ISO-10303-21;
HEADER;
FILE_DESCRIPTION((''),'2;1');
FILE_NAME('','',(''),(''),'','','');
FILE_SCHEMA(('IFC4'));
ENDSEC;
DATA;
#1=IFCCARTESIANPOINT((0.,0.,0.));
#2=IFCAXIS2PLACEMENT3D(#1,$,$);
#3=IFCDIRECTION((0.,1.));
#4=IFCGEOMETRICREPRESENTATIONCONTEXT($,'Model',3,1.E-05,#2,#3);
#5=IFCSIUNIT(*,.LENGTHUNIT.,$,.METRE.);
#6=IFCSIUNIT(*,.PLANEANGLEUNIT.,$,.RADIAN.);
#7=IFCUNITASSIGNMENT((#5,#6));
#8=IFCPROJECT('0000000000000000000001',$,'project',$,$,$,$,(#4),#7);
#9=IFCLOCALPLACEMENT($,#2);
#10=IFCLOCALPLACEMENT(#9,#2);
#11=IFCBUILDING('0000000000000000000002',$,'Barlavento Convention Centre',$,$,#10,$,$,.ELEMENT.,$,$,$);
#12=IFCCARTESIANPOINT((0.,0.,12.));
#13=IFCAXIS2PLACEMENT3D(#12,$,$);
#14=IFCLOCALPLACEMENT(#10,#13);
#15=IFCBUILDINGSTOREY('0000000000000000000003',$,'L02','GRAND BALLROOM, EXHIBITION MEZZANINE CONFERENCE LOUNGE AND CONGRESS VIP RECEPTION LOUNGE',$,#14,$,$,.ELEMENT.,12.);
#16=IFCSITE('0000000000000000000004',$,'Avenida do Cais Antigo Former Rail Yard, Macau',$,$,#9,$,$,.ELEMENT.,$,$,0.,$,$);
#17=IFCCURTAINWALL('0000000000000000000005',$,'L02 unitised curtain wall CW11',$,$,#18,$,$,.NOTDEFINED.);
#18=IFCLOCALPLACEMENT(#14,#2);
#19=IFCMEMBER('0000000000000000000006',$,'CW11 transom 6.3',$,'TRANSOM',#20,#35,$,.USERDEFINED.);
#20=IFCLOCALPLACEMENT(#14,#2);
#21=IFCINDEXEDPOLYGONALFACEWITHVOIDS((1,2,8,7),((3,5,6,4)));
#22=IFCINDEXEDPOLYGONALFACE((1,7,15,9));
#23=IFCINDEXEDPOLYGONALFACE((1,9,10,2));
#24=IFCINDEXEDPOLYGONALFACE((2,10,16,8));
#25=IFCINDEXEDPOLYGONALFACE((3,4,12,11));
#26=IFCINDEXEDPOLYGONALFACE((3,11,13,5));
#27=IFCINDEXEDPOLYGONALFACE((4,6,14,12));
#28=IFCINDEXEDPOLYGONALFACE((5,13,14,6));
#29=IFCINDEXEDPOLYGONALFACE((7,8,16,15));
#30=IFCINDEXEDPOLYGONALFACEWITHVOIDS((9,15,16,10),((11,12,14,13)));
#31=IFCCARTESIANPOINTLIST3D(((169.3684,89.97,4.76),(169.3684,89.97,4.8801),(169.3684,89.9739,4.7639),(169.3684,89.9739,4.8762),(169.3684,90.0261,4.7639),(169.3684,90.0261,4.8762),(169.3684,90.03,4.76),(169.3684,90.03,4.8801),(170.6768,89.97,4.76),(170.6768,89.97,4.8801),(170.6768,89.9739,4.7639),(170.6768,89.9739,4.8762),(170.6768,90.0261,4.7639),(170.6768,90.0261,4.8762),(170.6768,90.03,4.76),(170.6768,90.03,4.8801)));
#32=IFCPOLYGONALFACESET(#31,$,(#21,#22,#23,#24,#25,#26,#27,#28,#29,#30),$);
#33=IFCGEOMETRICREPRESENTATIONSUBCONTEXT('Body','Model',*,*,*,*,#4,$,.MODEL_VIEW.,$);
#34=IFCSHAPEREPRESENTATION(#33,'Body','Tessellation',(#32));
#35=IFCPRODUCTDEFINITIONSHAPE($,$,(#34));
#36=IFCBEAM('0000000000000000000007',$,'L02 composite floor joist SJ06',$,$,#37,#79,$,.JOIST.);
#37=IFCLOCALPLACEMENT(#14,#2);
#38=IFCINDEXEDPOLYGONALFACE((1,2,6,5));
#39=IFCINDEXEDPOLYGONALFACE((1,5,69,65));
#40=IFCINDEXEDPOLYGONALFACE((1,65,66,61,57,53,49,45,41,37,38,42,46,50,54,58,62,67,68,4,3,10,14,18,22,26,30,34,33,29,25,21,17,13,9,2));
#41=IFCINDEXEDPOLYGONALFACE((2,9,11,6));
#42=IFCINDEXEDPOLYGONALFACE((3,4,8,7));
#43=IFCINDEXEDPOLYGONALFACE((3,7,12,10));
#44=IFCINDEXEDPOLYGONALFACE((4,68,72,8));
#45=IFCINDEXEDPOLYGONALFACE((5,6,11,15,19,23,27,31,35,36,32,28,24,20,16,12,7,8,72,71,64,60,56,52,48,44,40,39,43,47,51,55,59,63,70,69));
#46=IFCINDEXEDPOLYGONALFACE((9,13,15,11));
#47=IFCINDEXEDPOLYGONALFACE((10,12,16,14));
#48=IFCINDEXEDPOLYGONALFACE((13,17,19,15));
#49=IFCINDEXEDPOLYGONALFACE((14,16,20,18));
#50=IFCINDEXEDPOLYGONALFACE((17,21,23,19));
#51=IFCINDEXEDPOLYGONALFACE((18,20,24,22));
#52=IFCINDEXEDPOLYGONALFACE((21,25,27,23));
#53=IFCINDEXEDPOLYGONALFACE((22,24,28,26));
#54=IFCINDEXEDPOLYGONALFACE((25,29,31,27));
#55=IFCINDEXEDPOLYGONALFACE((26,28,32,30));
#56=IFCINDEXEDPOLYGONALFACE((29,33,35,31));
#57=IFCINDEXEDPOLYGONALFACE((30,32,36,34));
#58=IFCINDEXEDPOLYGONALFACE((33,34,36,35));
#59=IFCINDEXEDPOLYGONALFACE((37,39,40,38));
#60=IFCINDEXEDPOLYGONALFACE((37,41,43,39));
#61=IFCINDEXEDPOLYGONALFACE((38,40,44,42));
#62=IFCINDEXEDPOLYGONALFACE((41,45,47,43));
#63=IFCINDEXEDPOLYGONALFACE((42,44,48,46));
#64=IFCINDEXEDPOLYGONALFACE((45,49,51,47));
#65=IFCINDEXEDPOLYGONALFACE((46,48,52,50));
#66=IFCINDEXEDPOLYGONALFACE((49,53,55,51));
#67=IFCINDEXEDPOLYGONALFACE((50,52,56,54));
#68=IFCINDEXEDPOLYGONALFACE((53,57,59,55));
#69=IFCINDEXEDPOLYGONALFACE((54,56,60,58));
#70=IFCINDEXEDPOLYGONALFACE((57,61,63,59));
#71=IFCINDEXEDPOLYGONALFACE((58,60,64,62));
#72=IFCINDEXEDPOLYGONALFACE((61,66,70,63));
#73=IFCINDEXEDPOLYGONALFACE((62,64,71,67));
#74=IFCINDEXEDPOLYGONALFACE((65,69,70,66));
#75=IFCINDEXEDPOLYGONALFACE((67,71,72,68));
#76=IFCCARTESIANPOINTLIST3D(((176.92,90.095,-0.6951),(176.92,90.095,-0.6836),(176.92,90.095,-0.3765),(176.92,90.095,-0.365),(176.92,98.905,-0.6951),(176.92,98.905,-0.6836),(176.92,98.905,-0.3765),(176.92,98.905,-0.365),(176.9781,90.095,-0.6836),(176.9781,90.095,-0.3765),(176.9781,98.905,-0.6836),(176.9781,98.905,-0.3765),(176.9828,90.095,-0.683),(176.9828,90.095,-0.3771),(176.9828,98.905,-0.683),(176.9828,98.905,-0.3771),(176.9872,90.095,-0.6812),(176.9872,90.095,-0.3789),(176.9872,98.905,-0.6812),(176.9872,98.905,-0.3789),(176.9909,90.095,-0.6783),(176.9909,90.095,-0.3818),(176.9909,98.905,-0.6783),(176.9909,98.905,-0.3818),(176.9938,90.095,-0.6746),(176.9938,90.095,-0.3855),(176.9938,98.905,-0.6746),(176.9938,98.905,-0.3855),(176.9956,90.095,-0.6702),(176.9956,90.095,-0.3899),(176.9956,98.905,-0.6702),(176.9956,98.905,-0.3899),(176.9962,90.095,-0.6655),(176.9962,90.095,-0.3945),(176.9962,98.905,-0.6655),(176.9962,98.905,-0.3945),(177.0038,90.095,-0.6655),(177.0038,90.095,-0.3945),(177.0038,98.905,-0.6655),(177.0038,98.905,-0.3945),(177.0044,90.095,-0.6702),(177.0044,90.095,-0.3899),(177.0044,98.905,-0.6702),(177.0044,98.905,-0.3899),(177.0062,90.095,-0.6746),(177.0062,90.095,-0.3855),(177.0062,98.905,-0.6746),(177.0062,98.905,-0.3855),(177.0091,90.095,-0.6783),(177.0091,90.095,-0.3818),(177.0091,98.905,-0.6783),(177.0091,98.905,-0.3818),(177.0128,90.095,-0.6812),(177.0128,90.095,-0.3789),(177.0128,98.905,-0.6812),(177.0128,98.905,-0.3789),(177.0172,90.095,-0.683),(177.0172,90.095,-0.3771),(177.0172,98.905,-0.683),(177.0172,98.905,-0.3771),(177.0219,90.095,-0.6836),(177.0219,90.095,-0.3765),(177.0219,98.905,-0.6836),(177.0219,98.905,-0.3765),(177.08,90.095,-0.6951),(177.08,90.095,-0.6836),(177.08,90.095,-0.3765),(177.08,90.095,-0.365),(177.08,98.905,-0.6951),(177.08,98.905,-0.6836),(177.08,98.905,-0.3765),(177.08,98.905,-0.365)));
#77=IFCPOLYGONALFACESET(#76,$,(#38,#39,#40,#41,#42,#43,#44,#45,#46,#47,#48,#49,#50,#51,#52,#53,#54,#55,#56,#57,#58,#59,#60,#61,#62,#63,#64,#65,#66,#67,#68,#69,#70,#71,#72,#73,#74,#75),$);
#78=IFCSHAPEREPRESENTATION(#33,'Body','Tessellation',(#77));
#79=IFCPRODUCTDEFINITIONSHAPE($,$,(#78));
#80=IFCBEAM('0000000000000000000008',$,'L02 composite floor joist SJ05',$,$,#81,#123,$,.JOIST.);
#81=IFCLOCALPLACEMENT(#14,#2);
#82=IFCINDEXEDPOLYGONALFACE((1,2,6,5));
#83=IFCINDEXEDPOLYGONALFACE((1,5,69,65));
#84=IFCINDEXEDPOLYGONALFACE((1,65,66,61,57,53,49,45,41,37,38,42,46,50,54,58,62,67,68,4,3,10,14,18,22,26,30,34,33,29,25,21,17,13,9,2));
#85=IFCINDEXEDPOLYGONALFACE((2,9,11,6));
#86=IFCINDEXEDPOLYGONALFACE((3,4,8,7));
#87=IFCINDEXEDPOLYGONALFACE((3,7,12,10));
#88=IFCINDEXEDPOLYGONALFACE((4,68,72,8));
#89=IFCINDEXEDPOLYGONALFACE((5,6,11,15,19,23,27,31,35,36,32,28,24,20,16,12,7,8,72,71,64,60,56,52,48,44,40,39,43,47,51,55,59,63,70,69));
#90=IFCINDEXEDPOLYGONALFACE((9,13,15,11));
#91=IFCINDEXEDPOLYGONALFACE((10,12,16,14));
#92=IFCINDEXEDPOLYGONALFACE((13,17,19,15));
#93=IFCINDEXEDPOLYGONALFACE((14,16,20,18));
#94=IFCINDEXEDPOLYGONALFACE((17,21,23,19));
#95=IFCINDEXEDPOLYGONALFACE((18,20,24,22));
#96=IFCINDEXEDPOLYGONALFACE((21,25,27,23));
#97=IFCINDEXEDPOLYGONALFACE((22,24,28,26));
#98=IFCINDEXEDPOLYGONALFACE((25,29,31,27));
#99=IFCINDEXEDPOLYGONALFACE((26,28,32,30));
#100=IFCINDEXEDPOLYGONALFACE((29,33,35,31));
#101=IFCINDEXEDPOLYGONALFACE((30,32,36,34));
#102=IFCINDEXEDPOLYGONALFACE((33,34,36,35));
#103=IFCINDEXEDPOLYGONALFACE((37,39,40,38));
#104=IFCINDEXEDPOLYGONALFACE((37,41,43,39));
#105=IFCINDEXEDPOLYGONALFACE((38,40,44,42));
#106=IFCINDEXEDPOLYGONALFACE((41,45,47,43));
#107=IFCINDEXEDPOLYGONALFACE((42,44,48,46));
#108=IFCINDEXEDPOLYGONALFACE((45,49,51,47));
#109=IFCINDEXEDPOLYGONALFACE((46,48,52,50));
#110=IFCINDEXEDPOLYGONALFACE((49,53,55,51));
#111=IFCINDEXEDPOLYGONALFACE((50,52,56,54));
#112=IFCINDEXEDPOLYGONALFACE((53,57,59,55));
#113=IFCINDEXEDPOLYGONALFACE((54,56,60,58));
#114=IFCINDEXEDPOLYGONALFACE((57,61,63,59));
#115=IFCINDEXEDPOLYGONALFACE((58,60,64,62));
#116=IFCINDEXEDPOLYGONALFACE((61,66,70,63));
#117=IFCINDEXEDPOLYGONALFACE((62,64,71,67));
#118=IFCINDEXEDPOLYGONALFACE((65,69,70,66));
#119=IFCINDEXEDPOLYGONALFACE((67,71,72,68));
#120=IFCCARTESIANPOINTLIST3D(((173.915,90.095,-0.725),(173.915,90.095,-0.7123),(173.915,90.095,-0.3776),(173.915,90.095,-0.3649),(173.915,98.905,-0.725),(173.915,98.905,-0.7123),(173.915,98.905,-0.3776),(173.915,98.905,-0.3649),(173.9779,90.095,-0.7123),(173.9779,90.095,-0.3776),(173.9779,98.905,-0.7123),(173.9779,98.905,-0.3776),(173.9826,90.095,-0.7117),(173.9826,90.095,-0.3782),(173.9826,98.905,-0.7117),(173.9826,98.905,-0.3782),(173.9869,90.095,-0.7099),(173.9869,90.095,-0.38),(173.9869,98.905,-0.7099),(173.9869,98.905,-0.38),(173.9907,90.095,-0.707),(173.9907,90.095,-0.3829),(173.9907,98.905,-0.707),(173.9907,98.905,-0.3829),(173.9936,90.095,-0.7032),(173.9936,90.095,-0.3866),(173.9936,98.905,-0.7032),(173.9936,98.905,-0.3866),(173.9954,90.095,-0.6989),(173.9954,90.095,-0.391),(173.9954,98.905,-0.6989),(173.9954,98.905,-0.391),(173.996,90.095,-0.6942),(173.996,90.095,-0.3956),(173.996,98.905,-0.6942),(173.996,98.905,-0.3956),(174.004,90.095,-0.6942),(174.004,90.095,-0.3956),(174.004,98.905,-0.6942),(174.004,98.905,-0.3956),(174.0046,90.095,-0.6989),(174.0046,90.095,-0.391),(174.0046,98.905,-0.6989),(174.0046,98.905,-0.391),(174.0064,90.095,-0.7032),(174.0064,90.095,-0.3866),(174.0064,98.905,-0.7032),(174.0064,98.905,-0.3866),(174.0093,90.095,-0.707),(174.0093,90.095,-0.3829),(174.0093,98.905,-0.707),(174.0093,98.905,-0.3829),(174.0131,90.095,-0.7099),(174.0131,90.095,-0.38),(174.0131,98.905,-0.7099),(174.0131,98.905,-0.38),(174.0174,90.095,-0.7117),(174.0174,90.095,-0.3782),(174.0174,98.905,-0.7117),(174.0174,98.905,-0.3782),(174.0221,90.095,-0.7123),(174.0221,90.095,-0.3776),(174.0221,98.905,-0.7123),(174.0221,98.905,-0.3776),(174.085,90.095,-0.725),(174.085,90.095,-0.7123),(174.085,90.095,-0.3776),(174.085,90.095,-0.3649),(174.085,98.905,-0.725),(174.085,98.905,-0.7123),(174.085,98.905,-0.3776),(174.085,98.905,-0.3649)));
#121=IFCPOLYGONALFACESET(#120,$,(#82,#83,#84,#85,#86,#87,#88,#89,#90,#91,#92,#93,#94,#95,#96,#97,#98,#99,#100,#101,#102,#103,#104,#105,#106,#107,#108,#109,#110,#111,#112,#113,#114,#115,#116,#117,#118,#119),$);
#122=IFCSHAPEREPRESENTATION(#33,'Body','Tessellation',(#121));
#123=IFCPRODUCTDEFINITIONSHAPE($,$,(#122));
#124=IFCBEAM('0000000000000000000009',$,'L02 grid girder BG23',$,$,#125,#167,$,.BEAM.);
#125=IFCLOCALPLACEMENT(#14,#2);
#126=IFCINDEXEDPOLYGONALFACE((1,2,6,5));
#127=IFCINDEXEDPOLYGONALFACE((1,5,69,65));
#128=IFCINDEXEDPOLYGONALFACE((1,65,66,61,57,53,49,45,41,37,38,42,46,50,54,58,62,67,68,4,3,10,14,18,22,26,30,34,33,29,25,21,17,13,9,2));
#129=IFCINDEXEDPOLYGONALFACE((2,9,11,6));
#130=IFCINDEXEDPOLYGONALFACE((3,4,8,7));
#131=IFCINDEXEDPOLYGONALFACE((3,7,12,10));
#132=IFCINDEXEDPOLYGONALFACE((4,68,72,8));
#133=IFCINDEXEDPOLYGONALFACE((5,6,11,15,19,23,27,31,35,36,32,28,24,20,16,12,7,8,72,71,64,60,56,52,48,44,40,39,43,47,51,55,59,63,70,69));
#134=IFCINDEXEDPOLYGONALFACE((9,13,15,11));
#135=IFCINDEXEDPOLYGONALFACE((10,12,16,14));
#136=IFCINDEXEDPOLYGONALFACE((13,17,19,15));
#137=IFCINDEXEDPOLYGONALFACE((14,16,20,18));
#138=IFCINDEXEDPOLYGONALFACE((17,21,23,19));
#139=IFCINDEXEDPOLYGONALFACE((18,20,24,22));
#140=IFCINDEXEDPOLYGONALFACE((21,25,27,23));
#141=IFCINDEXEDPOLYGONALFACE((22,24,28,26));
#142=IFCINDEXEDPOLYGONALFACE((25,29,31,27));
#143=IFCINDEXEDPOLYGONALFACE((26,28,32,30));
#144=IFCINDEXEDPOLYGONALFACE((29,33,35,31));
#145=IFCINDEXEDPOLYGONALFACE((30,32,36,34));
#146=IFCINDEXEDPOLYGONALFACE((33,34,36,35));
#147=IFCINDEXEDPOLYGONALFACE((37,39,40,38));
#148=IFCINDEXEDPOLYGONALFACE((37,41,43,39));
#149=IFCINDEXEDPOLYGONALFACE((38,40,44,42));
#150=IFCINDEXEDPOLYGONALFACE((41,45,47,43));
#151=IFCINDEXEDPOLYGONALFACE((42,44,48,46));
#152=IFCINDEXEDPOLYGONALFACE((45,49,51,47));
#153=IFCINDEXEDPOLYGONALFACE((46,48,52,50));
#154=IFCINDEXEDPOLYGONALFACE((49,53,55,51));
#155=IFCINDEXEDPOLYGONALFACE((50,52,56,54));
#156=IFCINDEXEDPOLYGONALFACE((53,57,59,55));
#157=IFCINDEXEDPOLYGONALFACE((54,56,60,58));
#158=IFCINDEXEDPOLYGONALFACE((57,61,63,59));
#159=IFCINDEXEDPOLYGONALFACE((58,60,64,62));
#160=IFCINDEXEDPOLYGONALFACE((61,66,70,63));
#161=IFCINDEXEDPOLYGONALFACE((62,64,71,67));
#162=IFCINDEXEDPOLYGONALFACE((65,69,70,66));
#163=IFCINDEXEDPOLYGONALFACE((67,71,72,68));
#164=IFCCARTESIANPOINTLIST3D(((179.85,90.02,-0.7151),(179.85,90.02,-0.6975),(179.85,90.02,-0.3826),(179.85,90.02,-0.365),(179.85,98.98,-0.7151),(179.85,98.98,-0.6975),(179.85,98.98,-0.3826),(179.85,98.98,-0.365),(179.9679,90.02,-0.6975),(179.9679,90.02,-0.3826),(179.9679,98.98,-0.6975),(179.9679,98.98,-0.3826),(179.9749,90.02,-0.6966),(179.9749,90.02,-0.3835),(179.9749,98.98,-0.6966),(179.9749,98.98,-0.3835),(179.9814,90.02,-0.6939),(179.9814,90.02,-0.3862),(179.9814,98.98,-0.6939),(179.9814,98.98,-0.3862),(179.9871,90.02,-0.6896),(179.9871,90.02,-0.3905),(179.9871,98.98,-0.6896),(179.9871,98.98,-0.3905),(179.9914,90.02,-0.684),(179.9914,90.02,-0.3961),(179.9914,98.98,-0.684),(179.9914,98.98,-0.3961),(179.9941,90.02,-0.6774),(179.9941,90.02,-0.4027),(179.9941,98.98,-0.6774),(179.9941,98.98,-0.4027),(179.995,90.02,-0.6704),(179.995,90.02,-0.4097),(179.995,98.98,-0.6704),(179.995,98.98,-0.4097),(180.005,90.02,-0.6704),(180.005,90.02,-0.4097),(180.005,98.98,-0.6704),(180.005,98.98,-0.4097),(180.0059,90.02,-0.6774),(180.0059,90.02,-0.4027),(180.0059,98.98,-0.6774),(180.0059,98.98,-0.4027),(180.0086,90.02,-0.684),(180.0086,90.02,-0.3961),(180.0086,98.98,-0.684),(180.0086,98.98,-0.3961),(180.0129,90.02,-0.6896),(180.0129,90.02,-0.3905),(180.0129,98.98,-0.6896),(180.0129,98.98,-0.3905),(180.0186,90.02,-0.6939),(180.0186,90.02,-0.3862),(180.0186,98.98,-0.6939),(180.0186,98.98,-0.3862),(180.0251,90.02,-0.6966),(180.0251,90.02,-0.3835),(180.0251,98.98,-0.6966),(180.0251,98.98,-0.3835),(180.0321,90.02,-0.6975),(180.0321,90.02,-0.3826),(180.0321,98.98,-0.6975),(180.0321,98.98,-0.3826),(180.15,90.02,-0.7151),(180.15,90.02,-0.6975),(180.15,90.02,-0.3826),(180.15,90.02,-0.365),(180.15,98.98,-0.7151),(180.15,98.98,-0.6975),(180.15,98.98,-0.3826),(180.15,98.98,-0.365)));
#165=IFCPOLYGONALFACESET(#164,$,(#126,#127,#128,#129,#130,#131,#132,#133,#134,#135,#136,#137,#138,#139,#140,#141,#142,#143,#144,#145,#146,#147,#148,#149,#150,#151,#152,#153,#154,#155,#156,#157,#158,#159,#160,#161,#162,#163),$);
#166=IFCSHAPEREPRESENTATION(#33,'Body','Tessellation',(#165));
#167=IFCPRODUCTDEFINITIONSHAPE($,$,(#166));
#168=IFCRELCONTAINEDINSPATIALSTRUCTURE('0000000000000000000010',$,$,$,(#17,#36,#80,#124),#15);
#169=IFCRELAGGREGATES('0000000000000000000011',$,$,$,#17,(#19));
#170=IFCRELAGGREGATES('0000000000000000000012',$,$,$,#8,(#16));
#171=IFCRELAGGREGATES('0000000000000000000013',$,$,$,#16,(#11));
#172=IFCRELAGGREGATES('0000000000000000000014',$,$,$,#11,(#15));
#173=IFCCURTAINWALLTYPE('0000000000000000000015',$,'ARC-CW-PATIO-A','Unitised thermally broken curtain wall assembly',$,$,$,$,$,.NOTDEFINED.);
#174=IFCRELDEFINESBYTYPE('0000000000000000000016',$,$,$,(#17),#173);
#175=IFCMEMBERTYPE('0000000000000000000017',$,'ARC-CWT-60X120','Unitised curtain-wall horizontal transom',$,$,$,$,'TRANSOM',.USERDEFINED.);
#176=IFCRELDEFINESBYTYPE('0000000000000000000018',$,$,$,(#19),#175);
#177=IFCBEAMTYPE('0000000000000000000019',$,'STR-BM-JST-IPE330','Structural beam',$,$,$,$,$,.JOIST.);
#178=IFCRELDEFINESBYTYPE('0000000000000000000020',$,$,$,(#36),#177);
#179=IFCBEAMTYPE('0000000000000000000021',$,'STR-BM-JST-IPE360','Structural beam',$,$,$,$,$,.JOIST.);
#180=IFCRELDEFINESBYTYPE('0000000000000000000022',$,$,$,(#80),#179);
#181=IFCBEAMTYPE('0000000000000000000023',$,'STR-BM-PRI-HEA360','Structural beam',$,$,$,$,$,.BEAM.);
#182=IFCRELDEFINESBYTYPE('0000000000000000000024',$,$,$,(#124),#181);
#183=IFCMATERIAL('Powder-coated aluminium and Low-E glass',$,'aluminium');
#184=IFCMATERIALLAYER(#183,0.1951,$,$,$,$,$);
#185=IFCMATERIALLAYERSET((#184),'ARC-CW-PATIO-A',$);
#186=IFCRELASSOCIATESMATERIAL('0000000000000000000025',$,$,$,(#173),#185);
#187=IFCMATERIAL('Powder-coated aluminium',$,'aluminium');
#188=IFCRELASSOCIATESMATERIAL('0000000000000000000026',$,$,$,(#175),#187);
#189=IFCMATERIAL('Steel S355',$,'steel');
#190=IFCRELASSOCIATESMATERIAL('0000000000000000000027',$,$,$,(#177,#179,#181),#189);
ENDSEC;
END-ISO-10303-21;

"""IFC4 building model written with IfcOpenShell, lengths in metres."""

from ifc_helpers import new_model, si_unit, direction, frame, origin, origin_2d, place, context, subcontext, project, spatial, hollow_rectangle, i_section, extrude, material, layer, layer_set, material_profile, profile_set, type_object, element, aggregate, save


model = new_model("IFC4")

# Units and contexts
model_context = context("Model", 3, precision=1e-05, world=origin(), true_north=direction((0.0, 1.0)))
body_context = subcontext(model_context, "Body", "Model", "MODEL_VIEW")
ifc_project = project(units=[si_unit("LENGTHUNIT", "METRE"), si_unit("PLANEANGLEUNIT", "RADIAN")], contexts=[model_context])

# Site, building, storey
site_placement = place(None, origin())
site = spatial("IfcSite", under=ifc_project, at=site_placement, Name="Avenida do Cais Antigo Former Rail Yard, Macau", CompositionType="ELEMENT", RefElevation=0.0)
building_placement = place(site_placement, origin())
building = spatial("IfcBuilding", under=site, at=building_placement, Name="Barlavento Convention Centre", CompositionType="ELEMENT")
storey_placement = place(building_placement, frame((0.0, 0.0, 12.0)))
storey = spatial("IfcBuildingStorey", under=building, at=storey_placement, Name="L02", Description="GRAND BALLROOM, EXHIBITION MEZZANINE CONFERENCE LOUNGE AND CONGRESS VIP RECEPTION LOUNGE", CompositionType="ELEMENT", Elevation=12.0)

# Shared definitions
ifc_material_1 = material(Name="Steel S355", Category="steel")

# Curtain wall, member
ifc_material_2 = material(Name="Powder-coated aluminium and Low-E glass", Category="aluminium")
ifc_layer_1 = layer(ifc_material_2, 0.1951)
ifc_layer_set_1 = layer_set([ifc_layer_1], Name="ARC-CW-PATIO-A")
curtain_wall_type = type_object("IfcCurtainWallType", Name="ARC-CW-PATIO-A", Description="Unitised thermally broken curtain wall assembly", PredefinedType="NOTDEFINED", material=ifc_layer_set_1)
curtain_wall_placement = place(storey_placement, origin())
curtain_wall = element("IfcCurtainWall", 1, at=curtain_wall_placement, inside=storey, type_object=curtain_wall_type, Name="L02 unitised curtain wall CW11", PredefinedType="NOTDEFINED")
ifc_material_3 = material(Name="Powder-coated aluminium", Category="aluminium")
ifc_material_profile_1 = material_profile(ifc_material_3, hollow_rectangle(XDim=0.0601, YDim=0.1201, WallThickness=0.0039, at=origin_2d()), Name="AL-TRAN 60x120x4")
ifc_profile_set_1 = profile_set([ifc_material_profile_1], Name="Powder-coated aluminium")
member_type_1 = type_object("IfcMemberType", Name="ARC-CWT-60X120", Description="Unitised curtain-wall horizontal transom", ElementType="TRANSOM", PredefinedType="USERDEFINED", material=ifc_profile_set_1)
member_1_placement = place(storey_placement, frame((169.3684, 90.0, 4.8201), z_axis=(1.0, 0.0, 0.0), x_axis=(0.0, 1.0, 0.0)))
member_1 = element("IfcMember", 2, at=member_1_placement, type_object=member_type_1, Name="CW11 transom 6.3", ObjectType="TRANSOM", PredefinedType="USERDEFINED", context=body_context, shape_type="SweptSolid", body=[
    extrude(hollow_rectangle(XDim=0.0601, YDim=0.1201, WallThickness=0.0039, at=origin_2d()), origin(), (0.0, 0.0, 1.0), 1.3083),
])

# Beams
ifc_material_profile_2 = material_profile(ifc_material_1, i_section(OverallWidth=0.1599, OverallDepth=0.3301, WebThickness=0.0076, FlangeThickness=0.0115, FilletRadius=0.0181, at=origin_2d()), Name="IPE 330")
ifc_profile_set_2 = profile_set([ifc_material_profile_2], Name="Steel S355")
beam_type_1 = type_object("IfcBeamType", Name="STR-BM-JST-IPE330", Description="Structural beam", PredefinedType="JOIST", material=ifc_profile_set_2)
beam_1_placement = place(storey_placement, frame((177.0, 90.095, -0.53), z_axis=(0.0, 1.0, 0.0), x_axis=(-1.0, 0.0, 0.0)))
element("IfcBeam", 3, at=beam_1_placement, inside=storey, type_object=beam_type_1, Name="L02 composite floor joist SJ06", PredefinedType="JOIST", context=body_context, shape_type="SweptSolid", body=[
    extrude(i_section(OverallWidth=0.1599, OverallDepth=0.3301, WebThickness=0.0076, FlangeThickness=0.0115, FilletRadius=0.0181, at=origin_2d()), origin(), (0.0, 0.0, 1.0), 8.8101),
])
ifc_material_profile_3 = material_profile(ifc_material_1, i_section(OverallWidth=0.1699, OverallDepth=0.3601, WebThickness=0.0081, FlangeThickness=0.0127, FilletRadius=0.0181, at=origin_2d()), Name="IPE 360")
ifc_profile_set_3 = profile_set([ifc_material_profile_3], Name="Steel S355")
beam_type_2 = type_object("IfcBeamType", Name="STR-BM-JST-IPE360", Description="Structural beam", PredefinedType="JOIST", material=ifc_profile_set_3)
beam_2_placement = place(storey_placement, frame((174.0, 90.095, -0.5449), z_axis=(0.0, 1.0, 0.0), x_axis=(-1.0, 0.0, 0.0)))
element("IfcBeam", 4, at=beam_2_placement, inside=storey, type_object=beam_type_2, Name="L02 composite floor joist SJ05", PredefinedType="JOIST", context=body_context, shape_type="SweptSolid", body=[
    extrude(i_section(OverallWidth=0.1699, OverallDepth=0.3601, WebThickness=0.0081, FlangeThickness=0.0127, FilletRadius=0.0181, at=origin_2d()), origin(), (0.0, 0.0, 1.0), 8.8101),
])
ifc_material_profile_4 = material_profile(ifc_material_1, i_section(OverallWidth=0.3, OverallDepth=0.3501, WebThickness=0.01, FlangeThickness=0.0176, FilletRadius=0.0271, at=origin_2d()), Name="HEA 360")
ifc_profile_set_4 = profile_set([ifc_material_profile_4], Name="Steel S355")
beam_type_3 = type_object("IfcBeamType", Name="STR-BM-PRI-HEA360", Description="Structural beam", PredefinedType="BEAM", material=ifc_profile_set_4)
beam_3_placement = place(storey_placement, frame((180.0, 90.02, -0.54), z_axis=(0.0, 1.0, 0.0), x_axis=(-1.0, 0.0, 0.0)))
element("IfcBeam", 5, at=beam_3_placement, inside=storey, type_object=beam_type_3, Name="L02 grid girder BG23", PredefinedType="BEAM", context=body_context, shape_type="SweptSolid", body=[
    extrude(i_section(OverallWidth=0.3, OverallDepth=0.3501, WebThickness=0.01, FlangeThickness=0.0176, FilletRadius=0.0271, at=origin_2d()), origin(), (0.0, 0.0, 1.0), 8.96),
])

aggregate(curtain_wall, [member_1])

save(model, "model.ifc")
